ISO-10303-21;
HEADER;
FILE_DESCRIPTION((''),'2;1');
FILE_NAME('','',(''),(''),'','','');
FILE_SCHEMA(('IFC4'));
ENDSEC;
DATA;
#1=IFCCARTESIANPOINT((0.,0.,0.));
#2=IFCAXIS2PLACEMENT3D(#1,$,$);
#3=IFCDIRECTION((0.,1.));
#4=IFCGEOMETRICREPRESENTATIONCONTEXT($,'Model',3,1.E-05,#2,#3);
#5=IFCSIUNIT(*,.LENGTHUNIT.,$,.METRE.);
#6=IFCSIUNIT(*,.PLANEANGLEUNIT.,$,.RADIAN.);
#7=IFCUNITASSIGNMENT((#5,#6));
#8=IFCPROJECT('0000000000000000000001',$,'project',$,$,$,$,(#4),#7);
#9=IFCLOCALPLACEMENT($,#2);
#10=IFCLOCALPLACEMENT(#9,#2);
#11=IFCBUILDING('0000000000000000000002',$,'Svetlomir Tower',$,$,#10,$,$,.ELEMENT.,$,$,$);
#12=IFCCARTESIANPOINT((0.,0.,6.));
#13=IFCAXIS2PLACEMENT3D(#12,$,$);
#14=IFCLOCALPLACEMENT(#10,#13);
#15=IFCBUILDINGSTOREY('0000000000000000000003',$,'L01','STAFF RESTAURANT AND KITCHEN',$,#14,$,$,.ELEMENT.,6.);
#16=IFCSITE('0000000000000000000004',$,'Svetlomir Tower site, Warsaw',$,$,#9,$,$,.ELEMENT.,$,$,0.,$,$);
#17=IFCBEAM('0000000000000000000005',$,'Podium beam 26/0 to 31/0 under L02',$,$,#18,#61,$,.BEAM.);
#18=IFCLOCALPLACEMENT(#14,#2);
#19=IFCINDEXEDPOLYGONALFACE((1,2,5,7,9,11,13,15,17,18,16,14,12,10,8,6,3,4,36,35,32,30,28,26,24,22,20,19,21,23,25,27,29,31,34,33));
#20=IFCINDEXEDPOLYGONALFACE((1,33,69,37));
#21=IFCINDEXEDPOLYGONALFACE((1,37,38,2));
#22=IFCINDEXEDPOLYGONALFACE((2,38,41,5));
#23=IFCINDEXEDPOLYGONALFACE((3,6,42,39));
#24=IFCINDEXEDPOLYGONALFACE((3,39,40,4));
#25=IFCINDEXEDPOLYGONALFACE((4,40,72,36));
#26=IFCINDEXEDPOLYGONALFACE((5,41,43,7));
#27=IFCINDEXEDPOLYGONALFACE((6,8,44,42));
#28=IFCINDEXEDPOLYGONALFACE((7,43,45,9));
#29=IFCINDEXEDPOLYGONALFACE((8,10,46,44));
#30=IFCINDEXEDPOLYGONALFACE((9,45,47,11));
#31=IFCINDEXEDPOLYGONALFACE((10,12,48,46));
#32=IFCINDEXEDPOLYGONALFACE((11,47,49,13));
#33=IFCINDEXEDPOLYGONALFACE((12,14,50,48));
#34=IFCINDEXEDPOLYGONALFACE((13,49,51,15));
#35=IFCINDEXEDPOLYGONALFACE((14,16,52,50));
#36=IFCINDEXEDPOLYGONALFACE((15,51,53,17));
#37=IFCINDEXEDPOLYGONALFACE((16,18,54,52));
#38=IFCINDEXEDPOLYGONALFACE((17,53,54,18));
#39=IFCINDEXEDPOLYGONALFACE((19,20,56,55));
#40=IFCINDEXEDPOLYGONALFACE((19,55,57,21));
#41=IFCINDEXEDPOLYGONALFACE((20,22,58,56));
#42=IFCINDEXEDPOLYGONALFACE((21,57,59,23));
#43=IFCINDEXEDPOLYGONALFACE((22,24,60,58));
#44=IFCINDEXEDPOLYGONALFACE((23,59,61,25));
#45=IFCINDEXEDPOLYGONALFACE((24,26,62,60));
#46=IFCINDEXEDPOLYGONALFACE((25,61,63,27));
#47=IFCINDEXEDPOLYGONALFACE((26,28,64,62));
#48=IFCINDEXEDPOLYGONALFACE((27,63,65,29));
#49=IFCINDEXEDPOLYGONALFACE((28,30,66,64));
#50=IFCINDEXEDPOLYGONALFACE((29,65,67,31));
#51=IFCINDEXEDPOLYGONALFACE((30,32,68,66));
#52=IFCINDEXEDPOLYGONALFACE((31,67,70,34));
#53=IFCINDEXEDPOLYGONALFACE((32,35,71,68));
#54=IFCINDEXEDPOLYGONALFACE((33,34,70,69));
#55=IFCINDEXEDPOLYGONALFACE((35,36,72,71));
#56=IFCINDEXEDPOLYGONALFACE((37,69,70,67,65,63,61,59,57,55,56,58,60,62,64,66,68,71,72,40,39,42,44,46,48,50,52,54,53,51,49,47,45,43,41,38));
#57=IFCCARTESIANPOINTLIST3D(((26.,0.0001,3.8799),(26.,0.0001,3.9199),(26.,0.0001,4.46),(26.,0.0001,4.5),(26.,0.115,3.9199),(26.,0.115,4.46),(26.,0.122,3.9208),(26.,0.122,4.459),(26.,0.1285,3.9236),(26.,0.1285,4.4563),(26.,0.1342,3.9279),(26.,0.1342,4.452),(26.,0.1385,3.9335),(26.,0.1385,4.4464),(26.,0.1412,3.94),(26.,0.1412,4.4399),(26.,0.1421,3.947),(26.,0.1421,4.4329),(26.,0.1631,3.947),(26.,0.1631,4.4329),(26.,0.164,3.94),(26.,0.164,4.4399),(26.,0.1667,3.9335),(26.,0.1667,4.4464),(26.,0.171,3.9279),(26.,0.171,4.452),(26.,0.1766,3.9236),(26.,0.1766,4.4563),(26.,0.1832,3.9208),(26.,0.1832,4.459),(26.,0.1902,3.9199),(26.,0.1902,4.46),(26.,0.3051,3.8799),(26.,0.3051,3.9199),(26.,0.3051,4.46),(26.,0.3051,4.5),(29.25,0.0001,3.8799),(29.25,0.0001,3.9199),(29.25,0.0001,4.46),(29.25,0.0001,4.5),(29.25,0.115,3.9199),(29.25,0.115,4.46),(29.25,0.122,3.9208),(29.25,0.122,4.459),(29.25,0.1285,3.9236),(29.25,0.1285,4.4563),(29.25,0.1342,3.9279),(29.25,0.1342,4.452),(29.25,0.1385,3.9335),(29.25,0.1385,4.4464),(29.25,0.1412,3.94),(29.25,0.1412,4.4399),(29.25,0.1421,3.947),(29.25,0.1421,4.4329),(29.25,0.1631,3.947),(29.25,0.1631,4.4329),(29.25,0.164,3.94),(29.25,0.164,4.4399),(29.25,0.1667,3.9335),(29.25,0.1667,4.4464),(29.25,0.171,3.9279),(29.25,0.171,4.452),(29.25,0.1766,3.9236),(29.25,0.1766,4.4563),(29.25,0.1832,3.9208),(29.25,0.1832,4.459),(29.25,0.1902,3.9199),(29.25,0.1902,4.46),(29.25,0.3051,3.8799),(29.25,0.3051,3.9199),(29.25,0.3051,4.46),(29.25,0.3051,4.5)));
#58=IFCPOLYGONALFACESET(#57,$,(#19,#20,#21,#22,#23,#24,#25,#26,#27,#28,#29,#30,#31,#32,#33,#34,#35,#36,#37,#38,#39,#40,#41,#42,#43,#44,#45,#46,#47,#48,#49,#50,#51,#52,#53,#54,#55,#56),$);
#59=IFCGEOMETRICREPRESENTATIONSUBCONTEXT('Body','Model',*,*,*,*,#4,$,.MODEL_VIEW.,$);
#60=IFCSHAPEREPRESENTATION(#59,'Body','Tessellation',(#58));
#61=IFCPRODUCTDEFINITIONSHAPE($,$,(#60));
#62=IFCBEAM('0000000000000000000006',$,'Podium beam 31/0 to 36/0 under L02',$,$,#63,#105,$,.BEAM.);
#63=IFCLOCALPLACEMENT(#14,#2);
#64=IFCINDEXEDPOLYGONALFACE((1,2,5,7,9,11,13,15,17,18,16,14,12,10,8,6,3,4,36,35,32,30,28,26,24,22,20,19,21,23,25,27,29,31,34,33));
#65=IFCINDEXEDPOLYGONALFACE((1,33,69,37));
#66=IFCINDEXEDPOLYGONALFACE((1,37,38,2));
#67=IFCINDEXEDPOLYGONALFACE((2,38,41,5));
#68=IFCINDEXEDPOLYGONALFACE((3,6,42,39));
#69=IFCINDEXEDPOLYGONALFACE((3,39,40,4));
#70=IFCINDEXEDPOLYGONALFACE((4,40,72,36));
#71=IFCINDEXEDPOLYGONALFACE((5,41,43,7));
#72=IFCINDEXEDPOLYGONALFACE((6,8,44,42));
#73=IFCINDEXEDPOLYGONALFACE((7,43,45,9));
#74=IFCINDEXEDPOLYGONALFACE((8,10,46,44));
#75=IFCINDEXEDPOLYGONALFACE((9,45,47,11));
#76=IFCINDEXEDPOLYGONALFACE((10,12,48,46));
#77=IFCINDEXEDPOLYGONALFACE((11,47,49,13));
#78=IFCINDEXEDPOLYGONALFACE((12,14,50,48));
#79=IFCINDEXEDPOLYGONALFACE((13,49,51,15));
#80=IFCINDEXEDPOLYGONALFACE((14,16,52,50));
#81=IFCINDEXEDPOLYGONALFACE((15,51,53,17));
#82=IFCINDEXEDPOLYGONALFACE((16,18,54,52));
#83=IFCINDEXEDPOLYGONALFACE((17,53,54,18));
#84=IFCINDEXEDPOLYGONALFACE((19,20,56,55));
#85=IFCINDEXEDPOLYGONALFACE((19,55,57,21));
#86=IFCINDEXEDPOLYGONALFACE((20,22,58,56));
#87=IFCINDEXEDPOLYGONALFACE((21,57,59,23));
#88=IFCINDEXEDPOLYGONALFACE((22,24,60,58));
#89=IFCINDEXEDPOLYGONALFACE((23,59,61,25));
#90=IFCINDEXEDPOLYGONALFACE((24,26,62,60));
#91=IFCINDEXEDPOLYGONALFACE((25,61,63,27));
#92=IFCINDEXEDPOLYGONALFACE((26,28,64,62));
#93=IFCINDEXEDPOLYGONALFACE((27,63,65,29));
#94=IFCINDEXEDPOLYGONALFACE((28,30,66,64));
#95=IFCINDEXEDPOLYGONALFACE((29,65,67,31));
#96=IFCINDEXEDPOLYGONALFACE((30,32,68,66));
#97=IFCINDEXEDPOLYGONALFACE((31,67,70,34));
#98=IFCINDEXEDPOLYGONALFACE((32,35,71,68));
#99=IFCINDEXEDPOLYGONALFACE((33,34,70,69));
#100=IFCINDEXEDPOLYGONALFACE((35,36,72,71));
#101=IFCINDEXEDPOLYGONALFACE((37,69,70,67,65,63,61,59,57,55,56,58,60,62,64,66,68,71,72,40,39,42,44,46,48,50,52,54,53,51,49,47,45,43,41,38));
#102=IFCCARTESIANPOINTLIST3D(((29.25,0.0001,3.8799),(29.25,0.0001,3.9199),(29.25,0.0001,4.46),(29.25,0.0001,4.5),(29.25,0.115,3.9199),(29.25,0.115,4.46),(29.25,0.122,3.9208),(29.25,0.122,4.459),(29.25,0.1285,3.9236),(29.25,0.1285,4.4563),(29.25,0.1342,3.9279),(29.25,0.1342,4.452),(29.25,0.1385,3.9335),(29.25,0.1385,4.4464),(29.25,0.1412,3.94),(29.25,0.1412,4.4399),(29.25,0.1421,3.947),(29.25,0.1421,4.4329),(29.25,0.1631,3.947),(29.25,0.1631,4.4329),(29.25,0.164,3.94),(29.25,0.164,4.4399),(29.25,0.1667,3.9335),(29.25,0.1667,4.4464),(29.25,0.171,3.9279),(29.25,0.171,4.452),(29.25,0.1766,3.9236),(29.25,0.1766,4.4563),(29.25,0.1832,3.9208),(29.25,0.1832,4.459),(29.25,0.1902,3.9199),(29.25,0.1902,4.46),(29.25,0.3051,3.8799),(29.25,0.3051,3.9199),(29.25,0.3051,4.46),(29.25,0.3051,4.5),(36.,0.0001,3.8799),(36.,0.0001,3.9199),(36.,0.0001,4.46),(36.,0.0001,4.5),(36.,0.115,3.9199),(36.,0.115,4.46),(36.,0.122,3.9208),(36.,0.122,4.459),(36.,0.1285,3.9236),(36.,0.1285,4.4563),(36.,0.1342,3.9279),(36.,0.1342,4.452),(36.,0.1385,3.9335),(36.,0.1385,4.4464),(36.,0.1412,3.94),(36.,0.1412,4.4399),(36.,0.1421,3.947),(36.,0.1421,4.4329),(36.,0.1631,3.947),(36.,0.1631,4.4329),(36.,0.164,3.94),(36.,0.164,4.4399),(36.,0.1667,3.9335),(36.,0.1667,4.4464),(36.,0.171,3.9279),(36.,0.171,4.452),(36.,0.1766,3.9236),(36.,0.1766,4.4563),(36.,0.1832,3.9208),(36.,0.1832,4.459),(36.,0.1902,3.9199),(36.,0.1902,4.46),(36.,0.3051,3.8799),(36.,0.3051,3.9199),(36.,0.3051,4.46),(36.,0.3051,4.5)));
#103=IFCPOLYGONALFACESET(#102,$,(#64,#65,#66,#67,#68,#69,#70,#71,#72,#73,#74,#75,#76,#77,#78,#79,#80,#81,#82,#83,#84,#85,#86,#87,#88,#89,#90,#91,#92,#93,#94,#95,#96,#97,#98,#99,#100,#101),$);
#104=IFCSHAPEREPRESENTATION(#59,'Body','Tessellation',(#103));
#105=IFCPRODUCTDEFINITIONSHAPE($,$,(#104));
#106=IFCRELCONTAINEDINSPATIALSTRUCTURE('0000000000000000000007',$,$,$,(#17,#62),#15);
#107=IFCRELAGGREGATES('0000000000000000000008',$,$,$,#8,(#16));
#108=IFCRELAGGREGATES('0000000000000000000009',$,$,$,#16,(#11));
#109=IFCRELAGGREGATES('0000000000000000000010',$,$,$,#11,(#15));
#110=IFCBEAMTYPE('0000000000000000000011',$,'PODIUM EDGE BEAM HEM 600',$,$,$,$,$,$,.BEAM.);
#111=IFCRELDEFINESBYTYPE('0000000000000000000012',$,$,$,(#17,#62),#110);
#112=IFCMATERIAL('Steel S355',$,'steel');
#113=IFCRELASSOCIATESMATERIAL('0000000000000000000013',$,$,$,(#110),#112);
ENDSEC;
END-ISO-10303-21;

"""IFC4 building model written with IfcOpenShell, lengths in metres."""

from ifc_helpers import new_model, si_unit, direction, frame, origin, origin_2d, place, context, subcontext, project, spatial, i_section, extrude, material, material_profile, profile_set, type_object, element, save


model = new_model("IFC4")

# Units and contexts
model_context = context("Model", 3, precision=1e-05, world=origin(), true_north=direction((0.0, 1.0)))
body_context = subcontext(model_context, "Body", "Model", "MODEL_VIEW")
ifc_project = project(units=[si_unit("LENGTHUNIT", "METRE"), si_unit("PLANEANGLEUNIT", "RADIAN")], contexts=[model_context])

# Site, building, storey
site_placement = place(None, origin())
site = spatial("IfcSite", under=ifc_project, at=site_placement, Name="Svetlomir Tower site, Warsaw", CompositionType="ELEMENT", RefElevation=0.0)
building_placement = place(site_placement, origin())
building = spatial("IfcBuilding", under=site, at=building_placement, Name="Svetlomir Tower", CompositionType="ELEMENT")
storey_placement = place(building_placement, frame((0.0, 0.0, 6.0)))
storey = spatial("IfcBuildingStorey", under=building, at=storey_placement, Name="L01", Description="STAFF RESTAURANT AND KITCHEN", CompositionType="ELEMENT", Elevation=6.0)

# Beams
ifc_material_1 = material(Name="Steel S355", Category="steel")
ifc_material_profile_1 = material_profile(ifc_material_1, i_section(OverallWidth=0.3049, OverallDepth=0.6201, WebThickness=0.021, FlangeThickness=0.04, FilletRadius=0.0271, at=origin_2d()), Name="HEM 600")
ifc_profile_set_1 = profile_set([ifc_material_profile_1], Name="Steel S355")
beam_type = type_object("IfcBeamType", Name="PODIUM EDGE BEAM HEM 600", PredefinedType="BEAM", material=ifc_profile_set_1)
beam_1_placement = place(storey_placement, frame((26.0, 0.1526, 4.1899), z_axis=(1.0, 0.0, 0.0), x_axis=(0.0, 1.0, 0.0)))
element("IfcBeam", 1, at=beam_1_placement, inside=storey, type_object=beam_type, Name="Podium beam 26/0 to 31/0 under L02", PredefinedType="BEAM", context=body_context, shape_type="SweptSolid", body=[
    extrude(i_section(OverallWidth=0.3049, OverallDepth=0.6201, WebThickness=0.021, FlangeThickness=0.04, FilletRadius=0.0271, at=origin_2d()), origin(), (0.0, 0.0, 1.0), 3.25),
])
beam_2_placement = place(storey_placement, frame((29.25, 0.1526, 4.1899), z_axis=(1.0, 0.0, 0.0), x_axis=(0.0, 1.0, 0.0)))
element("IfcBeam", 2, at=beam_2_placement, inside=storey, type_object=beam_type, Name="Podium beam 31/0 to 36/0 under L02", PredefinedType="BEAM", context=body_context, shape_type="SweptSolid", body=[
    extrude(i_section(OverallWidth=0.3049, OverallDepth=0.6201, WebThickness=0.021, FlangeThickness=0.04, FilletRadius=0.0271, at=origin_2d()), origin(), (0.0, 0.0, 1.0), 6.75),
])

save(model, "model.ifc")
